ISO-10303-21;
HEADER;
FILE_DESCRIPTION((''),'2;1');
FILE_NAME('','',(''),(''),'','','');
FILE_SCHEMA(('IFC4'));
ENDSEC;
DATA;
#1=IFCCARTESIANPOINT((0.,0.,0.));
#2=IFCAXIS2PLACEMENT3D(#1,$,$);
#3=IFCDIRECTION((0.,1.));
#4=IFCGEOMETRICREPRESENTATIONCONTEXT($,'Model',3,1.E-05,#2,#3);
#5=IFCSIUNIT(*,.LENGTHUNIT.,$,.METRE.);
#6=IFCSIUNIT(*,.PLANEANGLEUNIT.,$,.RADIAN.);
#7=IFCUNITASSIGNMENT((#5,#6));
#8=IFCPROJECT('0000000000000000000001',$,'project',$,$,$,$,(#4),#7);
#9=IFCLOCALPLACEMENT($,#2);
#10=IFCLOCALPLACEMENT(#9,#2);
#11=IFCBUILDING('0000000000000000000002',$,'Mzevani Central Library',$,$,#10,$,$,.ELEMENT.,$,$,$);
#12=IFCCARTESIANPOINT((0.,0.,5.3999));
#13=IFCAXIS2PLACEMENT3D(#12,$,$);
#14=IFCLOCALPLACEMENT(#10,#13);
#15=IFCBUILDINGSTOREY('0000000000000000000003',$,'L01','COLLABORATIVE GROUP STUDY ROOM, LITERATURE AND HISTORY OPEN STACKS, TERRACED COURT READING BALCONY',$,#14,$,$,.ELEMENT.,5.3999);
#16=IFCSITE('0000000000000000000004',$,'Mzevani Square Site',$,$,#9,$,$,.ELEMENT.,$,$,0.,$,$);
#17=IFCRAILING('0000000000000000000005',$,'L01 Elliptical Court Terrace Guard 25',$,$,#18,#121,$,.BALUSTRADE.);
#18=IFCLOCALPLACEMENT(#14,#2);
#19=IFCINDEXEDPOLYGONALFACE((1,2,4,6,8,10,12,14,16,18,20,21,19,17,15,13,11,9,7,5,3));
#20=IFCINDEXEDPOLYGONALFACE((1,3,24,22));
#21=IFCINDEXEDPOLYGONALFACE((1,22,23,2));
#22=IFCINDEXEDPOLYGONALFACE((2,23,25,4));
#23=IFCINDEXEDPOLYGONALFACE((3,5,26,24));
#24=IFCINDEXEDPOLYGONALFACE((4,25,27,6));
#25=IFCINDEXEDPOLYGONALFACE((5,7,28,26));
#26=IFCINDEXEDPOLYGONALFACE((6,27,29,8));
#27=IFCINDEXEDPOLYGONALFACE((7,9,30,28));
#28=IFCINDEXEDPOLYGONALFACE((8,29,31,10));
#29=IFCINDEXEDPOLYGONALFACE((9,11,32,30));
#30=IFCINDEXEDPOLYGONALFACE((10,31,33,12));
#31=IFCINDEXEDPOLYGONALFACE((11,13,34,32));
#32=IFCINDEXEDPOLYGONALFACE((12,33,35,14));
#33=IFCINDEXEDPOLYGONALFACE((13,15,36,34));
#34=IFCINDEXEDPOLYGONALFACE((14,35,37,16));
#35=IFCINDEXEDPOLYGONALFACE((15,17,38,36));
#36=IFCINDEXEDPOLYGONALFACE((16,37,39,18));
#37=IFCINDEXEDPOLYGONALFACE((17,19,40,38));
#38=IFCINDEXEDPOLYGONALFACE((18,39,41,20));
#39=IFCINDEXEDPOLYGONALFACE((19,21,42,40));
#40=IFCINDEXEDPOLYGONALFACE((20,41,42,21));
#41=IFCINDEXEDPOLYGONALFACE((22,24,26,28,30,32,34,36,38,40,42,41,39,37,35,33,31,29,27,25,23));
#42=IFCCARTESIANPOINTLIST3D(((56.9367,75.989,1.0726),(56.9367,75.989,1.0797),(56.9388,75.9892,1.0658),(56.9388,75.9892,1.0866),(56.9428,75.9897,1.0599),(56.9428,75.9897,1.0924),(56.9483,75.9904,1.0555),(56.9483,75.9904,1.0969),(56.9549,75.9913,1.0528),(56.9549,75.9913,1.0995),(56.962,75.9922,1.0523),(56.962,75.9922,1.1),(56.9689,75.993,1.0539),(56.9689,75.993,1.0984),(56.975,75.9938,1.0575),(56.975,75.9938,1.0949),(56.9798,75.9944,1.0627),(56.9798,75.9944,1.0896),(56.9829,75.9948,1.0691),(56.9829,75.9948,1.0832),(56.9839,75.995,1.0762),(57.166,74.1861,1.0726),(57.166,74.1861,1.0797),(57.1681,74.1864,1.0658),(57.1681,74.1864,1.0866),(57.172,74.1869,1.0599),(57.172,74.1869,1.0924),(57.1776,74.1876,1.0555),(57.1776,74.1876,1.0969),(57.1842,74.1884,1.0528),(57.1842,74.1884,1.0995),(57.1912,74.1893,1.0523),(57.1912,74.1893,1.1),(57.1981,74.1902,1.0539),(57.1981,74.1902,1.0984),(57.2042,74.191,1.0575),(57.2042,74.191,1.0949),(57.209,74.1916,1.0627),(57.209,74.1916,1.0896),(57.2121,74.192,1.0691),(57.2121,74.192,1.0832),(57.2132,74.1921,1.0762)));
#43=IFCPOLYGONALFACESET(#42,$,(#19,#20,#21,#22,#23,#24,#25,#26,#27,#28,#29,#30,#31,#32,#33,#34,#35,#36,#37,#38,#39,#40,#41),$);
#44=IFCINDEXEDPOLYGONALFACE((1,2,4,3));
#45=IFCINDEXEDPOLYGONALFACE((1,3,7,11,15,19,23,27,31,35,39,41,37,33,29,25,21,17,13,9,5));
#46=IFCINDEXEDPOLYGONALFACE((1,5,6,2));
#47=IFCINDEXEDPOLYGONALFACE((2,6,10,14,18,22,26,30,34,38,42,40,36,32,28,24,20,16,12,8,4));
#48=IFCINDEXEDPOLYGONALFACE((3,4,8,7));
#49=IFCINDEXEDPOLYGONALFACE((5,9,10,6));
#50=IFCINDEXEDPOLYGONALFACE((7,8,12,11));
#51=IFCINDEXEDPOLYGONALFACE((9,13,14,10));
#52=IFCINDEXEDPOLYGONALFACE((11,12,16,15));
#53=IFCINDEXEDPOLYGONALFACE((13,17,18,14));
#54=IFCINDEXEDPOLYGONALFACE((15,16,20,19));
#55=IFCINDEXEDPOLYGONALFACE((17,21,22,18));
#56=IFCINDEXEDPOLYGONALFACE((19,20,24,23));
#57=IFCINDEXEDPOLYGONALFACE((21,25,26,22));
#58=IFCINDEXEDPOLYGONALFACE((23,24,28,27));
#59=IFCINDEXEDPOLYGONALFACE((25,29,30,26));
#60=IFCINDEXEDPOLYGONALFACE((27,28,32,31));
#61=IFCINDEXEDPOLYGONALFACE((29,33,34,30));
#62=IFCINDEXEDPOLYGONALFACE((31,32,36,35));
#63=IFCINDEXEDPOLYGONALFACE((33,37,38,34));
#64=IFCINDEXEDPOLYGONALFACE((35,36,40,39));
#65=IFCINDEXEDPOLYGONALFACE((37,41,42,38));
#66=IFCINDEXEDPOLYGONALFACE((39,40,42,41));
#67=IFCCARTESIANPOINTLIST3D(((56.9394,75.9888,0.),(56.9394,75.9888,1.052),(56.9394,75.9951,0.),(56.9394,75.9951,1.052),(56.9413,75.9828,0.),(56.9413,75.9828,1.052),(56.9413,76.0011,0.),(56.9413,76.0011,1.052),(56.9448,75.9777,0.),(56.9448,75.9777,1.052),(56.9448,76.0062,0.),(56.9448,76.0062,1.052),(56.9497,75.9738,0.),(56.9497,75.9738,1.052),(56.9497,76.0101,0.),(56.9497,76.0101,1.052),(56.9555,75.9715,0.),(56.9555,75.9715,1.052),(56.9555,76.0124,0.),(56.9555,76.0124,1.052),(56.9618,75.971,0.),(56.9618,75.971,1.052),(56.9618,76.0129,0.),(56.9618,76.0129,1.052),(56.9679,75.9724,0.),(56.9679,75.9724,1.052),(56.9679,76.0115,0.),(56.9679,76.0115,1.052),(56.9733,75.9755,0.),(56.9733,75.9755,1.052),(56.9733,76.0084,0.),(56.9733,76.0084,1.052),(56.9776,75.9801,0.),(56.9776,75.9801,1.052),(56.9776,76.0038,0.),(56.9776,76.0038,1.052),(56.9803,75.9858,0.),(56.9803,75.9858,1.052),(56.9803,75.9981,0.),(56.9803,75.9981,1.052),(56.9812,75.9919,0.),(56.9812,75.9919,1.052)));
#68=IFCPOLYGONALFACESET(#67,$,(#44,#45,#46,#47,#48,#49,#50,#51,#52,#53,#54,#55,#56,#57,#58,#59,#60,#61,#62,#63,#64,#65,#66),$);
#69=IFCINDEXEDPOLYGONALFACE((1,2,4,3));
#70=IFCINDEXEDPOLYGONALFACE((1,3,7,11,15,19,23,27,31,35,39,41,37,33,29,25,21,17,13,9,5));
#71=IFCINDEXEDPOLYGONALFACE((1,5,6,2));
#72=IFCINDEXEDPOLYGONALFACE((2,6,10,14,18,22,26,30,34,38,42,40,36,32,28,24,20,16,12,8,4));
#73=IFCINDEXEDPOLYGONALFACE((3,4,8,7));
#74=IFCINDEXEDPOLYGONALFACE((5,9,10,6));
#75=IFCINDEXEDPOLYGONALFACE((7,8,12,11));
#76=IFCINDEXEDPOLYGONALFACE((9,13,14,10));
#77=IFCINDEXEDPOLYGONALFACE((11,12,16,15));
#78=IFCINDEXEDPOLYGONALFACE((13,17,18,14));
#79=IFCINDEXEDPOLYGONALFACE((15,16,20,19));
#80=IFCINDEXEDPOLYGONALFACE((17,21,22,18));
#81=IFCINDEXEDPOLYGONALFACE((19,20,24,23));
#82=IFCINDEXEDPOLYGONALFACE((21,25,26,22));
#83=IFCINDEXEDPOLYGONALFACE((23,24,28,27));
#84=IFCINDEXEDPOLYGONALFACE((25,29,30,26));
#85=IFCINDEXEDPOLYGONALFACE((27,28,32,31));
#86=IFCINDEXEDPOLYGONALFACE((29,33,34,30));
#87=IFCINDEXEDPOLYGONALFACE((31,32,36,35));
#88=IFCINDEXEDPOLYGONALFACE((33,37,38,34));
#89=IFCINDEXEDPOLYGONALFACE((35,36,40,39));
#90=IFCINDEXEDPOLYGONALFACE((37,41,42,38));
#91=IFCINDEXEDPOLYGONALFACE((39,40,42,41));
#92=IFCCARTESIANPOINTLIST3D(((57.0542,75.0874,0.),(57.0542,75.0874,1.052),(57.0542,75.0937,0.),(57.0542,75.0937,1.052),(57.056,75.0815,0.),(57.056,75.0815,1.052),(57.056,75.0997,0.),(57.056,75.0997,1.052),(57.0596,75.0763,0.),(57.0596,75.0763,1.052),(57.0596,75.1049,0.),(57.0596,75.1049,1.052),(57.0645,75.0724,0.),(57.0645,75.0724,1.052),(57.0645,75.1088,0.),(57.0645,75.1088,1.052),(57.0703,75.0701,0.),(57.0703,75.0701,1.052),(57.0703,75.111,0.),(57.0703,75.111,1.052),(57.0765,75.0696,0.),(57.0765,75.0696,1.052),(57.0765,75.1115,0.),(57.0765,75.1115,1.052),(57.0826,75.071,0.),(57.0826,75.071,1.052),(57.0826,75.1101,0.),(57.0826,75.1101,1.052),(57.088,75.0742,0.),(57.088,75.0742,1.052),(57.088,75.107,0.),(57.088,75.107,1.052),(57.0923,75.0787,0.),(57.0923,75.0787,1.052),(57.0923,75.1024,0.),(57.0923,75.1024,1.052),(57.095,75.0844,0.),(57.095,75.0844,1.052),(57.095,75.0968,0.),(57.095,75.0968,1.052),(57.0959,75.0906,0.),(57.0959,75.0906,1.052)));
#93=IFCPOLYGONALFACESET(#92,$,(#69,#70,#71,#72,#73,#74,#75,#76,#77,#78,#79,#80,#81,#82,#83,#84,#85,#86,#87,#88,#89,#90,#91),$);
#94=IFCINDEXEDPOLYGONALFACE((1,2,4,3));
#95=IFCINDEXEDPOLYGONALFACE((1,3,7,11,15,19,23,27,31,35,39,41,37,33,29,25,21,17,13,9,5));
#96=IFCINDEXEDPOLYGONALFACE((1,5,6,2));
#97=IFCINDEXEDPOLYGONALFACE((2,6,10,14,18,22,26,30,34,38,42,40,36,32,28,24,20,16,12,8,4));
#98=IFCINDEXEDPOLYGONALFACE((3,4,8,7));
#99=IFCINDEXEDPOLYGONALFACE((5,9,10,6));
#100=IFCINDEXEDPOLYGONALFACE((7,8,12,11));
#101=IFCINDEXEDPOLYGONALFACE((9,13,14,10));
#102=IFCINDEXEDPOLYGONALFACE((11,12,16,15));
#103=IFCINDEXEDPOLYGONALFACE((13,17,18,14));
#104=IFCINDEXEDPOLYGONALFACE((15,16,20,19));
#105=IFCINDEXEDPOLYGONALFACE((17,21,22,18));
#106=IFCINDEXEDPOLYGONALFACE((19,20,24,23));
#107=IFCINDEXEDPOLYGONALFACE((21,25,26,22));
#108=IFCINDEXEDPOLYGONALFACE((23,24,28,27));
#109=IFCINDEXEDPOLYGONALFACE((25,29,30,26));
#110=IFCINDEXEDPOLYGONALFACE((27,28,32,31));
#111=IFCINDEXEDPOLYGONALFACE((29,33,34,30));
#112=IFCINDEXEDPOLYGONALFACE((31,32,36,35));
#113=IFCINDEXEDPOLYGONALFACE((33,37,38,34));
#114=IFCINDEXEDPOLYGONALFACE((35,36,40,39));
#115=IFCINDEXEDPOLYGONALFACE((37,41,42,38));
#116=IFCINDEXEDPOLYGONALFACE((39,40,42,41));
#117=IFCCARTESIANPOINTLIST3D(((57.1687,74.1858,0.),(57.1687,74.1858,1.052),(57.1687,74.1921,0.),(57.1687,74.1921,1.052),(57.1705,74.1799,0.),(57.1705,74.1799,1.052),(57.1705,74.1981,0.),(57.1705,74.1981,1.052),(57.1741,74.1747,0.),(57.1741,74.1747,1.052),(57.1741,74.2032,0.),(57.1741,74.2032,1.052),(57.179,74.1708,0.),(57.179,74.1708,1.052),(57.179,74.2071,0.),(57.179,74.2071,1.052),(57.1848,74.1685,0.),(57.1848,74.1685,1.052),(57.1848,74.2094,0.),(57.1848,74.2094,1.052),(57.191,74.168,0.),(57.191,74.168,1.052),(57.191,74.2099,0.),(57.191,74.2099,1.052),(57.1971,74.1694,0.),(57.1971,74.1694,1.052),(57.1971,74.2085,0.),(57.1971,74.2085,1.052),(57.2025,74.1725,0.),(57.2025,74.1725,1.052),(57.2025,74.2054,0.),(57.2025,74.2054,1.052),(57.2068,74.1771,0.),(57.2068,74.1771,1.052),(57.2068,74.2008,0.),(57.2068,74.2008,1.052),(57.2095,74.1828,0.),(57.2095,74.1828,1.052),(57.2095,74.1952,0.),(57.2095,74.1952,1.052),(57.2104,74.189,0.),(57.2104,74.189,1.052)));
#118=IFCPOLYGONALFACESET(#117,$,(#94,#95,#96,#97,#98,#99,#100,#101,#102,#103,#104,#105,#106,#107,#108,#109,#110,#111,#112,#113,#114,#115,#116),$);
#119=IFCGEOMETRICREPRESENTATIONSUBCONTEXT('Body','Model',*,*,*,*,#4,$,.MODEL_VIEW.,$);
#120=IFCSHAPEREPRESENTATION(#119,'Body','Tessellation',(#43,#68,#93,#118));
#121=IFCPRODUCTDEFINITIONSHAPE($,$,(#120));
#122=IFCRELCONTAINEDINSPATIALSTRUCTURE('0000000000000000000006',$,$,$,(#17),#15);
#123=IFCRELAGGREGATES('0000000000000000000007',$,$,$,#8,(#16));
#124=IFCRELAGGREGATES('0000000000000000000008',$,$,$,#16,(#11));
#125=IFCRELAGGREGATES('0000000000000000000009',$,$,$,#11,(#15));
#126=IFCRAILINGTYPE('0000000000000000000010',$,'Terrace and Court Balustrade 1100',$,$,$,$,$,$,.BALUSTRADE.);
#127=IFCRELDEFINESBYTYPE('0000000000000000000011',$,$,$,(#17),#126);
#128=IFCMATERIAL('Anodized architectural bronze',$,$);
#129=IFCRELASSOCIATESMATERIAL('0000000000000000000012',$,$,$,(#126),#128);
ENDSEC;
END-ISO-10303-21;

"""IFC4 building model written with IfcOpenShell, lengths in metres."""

from ifc_helpers import new_model, si_unit, direction, frame, origin, origin_2d, place, context, subcontext, project, spatial, circle, extrude, material, type_object, element, save


model = new_model("IFC4")

# Units and contexts
model_context = context("Model", 3, precision=1e-05, world=origin(), true_north=direction((0.0, 1.0)))
body_context = subcontext(model_context, "Body", "Model", "MODEL_VIEW")
ifc_project = project(units=[si_unit("LENGTHUNIT", "METRE"), si_unit("PLANEANGLEUNIT", "RADIAN")], contexts=[model_context])

# Site, building, storey
site_placement = place(None, origin())
site = spatial("IfcSite", under=ifc_project, at=site_placement, Name="Mzevani Square Site", CompositionType="ELEMENT", RefElevation=0.0)
building_placement = place(site_placement, origin())
building = spatial("IfcBuilding", under=site, at=building_placement, Name="Mzevani Central Library", CompositionType="ELEMENT")
storey_placement = place(building_placement, frame((0.0, 0.0, 5.3999)))
storey = spatial("IfcBuildingStorey", under=building, at=storey_placement, Name="L01", Description="COLLABORATIVE GROUP STUDY ROOM, LITERATURE AND HISTORY OPEN STACKS, TERRACED COURT READING BALCONY", CompositionType="ELEMENT", Elevation=5.3999)

# Railing
ifc_material_1 = material(Name="Anodized architectural bronze")
railing_type = type_object("IfcRailingType", Name="Terrace and Court Balustrade 1100", PredefinedType="BALUSTRADE", material=ifc_material_1)
railing_1_placement = place(storey_placement, frame((56.9602, 75.9919, 0.0)))
element("IfcRailing", 1, at=railing_1_placement, inside=storey, type_object=railing_type, Name="L01 Elliptical Court Terrace Guard 25", PredefinedType="BALUSTRADE", context=body_context, shape_type="SweptSolid", body=[
    extrude(circle(Radius=0.0239, at=origin_2d()), frame((0.0, 0.0, 1.0762), z_axis=(0.126134, -0.992013, 0.0), x_axis=(0.992013, 0.126134, 0.0)), (0.0, 0.0, 1.0), 1.8174),
    extrude(circle(Radius=0.021, at=origin_2d()), origin(), (0.0, 0.0, 1.0), 1.052),
    extrude(circle(Radius=0.021, at=origin_2d()), frame((0.1147, -0.9014, 0.0)), (0.0, 0.0, 1.0), 1.052),
    extrude(circle(Radius=0.021, at=origin_2d()), frame((0.2292, -1.803, 0.0)), (0.0, 0.0, 1.0), 1.052),
])

save(model, "model.ifc")
